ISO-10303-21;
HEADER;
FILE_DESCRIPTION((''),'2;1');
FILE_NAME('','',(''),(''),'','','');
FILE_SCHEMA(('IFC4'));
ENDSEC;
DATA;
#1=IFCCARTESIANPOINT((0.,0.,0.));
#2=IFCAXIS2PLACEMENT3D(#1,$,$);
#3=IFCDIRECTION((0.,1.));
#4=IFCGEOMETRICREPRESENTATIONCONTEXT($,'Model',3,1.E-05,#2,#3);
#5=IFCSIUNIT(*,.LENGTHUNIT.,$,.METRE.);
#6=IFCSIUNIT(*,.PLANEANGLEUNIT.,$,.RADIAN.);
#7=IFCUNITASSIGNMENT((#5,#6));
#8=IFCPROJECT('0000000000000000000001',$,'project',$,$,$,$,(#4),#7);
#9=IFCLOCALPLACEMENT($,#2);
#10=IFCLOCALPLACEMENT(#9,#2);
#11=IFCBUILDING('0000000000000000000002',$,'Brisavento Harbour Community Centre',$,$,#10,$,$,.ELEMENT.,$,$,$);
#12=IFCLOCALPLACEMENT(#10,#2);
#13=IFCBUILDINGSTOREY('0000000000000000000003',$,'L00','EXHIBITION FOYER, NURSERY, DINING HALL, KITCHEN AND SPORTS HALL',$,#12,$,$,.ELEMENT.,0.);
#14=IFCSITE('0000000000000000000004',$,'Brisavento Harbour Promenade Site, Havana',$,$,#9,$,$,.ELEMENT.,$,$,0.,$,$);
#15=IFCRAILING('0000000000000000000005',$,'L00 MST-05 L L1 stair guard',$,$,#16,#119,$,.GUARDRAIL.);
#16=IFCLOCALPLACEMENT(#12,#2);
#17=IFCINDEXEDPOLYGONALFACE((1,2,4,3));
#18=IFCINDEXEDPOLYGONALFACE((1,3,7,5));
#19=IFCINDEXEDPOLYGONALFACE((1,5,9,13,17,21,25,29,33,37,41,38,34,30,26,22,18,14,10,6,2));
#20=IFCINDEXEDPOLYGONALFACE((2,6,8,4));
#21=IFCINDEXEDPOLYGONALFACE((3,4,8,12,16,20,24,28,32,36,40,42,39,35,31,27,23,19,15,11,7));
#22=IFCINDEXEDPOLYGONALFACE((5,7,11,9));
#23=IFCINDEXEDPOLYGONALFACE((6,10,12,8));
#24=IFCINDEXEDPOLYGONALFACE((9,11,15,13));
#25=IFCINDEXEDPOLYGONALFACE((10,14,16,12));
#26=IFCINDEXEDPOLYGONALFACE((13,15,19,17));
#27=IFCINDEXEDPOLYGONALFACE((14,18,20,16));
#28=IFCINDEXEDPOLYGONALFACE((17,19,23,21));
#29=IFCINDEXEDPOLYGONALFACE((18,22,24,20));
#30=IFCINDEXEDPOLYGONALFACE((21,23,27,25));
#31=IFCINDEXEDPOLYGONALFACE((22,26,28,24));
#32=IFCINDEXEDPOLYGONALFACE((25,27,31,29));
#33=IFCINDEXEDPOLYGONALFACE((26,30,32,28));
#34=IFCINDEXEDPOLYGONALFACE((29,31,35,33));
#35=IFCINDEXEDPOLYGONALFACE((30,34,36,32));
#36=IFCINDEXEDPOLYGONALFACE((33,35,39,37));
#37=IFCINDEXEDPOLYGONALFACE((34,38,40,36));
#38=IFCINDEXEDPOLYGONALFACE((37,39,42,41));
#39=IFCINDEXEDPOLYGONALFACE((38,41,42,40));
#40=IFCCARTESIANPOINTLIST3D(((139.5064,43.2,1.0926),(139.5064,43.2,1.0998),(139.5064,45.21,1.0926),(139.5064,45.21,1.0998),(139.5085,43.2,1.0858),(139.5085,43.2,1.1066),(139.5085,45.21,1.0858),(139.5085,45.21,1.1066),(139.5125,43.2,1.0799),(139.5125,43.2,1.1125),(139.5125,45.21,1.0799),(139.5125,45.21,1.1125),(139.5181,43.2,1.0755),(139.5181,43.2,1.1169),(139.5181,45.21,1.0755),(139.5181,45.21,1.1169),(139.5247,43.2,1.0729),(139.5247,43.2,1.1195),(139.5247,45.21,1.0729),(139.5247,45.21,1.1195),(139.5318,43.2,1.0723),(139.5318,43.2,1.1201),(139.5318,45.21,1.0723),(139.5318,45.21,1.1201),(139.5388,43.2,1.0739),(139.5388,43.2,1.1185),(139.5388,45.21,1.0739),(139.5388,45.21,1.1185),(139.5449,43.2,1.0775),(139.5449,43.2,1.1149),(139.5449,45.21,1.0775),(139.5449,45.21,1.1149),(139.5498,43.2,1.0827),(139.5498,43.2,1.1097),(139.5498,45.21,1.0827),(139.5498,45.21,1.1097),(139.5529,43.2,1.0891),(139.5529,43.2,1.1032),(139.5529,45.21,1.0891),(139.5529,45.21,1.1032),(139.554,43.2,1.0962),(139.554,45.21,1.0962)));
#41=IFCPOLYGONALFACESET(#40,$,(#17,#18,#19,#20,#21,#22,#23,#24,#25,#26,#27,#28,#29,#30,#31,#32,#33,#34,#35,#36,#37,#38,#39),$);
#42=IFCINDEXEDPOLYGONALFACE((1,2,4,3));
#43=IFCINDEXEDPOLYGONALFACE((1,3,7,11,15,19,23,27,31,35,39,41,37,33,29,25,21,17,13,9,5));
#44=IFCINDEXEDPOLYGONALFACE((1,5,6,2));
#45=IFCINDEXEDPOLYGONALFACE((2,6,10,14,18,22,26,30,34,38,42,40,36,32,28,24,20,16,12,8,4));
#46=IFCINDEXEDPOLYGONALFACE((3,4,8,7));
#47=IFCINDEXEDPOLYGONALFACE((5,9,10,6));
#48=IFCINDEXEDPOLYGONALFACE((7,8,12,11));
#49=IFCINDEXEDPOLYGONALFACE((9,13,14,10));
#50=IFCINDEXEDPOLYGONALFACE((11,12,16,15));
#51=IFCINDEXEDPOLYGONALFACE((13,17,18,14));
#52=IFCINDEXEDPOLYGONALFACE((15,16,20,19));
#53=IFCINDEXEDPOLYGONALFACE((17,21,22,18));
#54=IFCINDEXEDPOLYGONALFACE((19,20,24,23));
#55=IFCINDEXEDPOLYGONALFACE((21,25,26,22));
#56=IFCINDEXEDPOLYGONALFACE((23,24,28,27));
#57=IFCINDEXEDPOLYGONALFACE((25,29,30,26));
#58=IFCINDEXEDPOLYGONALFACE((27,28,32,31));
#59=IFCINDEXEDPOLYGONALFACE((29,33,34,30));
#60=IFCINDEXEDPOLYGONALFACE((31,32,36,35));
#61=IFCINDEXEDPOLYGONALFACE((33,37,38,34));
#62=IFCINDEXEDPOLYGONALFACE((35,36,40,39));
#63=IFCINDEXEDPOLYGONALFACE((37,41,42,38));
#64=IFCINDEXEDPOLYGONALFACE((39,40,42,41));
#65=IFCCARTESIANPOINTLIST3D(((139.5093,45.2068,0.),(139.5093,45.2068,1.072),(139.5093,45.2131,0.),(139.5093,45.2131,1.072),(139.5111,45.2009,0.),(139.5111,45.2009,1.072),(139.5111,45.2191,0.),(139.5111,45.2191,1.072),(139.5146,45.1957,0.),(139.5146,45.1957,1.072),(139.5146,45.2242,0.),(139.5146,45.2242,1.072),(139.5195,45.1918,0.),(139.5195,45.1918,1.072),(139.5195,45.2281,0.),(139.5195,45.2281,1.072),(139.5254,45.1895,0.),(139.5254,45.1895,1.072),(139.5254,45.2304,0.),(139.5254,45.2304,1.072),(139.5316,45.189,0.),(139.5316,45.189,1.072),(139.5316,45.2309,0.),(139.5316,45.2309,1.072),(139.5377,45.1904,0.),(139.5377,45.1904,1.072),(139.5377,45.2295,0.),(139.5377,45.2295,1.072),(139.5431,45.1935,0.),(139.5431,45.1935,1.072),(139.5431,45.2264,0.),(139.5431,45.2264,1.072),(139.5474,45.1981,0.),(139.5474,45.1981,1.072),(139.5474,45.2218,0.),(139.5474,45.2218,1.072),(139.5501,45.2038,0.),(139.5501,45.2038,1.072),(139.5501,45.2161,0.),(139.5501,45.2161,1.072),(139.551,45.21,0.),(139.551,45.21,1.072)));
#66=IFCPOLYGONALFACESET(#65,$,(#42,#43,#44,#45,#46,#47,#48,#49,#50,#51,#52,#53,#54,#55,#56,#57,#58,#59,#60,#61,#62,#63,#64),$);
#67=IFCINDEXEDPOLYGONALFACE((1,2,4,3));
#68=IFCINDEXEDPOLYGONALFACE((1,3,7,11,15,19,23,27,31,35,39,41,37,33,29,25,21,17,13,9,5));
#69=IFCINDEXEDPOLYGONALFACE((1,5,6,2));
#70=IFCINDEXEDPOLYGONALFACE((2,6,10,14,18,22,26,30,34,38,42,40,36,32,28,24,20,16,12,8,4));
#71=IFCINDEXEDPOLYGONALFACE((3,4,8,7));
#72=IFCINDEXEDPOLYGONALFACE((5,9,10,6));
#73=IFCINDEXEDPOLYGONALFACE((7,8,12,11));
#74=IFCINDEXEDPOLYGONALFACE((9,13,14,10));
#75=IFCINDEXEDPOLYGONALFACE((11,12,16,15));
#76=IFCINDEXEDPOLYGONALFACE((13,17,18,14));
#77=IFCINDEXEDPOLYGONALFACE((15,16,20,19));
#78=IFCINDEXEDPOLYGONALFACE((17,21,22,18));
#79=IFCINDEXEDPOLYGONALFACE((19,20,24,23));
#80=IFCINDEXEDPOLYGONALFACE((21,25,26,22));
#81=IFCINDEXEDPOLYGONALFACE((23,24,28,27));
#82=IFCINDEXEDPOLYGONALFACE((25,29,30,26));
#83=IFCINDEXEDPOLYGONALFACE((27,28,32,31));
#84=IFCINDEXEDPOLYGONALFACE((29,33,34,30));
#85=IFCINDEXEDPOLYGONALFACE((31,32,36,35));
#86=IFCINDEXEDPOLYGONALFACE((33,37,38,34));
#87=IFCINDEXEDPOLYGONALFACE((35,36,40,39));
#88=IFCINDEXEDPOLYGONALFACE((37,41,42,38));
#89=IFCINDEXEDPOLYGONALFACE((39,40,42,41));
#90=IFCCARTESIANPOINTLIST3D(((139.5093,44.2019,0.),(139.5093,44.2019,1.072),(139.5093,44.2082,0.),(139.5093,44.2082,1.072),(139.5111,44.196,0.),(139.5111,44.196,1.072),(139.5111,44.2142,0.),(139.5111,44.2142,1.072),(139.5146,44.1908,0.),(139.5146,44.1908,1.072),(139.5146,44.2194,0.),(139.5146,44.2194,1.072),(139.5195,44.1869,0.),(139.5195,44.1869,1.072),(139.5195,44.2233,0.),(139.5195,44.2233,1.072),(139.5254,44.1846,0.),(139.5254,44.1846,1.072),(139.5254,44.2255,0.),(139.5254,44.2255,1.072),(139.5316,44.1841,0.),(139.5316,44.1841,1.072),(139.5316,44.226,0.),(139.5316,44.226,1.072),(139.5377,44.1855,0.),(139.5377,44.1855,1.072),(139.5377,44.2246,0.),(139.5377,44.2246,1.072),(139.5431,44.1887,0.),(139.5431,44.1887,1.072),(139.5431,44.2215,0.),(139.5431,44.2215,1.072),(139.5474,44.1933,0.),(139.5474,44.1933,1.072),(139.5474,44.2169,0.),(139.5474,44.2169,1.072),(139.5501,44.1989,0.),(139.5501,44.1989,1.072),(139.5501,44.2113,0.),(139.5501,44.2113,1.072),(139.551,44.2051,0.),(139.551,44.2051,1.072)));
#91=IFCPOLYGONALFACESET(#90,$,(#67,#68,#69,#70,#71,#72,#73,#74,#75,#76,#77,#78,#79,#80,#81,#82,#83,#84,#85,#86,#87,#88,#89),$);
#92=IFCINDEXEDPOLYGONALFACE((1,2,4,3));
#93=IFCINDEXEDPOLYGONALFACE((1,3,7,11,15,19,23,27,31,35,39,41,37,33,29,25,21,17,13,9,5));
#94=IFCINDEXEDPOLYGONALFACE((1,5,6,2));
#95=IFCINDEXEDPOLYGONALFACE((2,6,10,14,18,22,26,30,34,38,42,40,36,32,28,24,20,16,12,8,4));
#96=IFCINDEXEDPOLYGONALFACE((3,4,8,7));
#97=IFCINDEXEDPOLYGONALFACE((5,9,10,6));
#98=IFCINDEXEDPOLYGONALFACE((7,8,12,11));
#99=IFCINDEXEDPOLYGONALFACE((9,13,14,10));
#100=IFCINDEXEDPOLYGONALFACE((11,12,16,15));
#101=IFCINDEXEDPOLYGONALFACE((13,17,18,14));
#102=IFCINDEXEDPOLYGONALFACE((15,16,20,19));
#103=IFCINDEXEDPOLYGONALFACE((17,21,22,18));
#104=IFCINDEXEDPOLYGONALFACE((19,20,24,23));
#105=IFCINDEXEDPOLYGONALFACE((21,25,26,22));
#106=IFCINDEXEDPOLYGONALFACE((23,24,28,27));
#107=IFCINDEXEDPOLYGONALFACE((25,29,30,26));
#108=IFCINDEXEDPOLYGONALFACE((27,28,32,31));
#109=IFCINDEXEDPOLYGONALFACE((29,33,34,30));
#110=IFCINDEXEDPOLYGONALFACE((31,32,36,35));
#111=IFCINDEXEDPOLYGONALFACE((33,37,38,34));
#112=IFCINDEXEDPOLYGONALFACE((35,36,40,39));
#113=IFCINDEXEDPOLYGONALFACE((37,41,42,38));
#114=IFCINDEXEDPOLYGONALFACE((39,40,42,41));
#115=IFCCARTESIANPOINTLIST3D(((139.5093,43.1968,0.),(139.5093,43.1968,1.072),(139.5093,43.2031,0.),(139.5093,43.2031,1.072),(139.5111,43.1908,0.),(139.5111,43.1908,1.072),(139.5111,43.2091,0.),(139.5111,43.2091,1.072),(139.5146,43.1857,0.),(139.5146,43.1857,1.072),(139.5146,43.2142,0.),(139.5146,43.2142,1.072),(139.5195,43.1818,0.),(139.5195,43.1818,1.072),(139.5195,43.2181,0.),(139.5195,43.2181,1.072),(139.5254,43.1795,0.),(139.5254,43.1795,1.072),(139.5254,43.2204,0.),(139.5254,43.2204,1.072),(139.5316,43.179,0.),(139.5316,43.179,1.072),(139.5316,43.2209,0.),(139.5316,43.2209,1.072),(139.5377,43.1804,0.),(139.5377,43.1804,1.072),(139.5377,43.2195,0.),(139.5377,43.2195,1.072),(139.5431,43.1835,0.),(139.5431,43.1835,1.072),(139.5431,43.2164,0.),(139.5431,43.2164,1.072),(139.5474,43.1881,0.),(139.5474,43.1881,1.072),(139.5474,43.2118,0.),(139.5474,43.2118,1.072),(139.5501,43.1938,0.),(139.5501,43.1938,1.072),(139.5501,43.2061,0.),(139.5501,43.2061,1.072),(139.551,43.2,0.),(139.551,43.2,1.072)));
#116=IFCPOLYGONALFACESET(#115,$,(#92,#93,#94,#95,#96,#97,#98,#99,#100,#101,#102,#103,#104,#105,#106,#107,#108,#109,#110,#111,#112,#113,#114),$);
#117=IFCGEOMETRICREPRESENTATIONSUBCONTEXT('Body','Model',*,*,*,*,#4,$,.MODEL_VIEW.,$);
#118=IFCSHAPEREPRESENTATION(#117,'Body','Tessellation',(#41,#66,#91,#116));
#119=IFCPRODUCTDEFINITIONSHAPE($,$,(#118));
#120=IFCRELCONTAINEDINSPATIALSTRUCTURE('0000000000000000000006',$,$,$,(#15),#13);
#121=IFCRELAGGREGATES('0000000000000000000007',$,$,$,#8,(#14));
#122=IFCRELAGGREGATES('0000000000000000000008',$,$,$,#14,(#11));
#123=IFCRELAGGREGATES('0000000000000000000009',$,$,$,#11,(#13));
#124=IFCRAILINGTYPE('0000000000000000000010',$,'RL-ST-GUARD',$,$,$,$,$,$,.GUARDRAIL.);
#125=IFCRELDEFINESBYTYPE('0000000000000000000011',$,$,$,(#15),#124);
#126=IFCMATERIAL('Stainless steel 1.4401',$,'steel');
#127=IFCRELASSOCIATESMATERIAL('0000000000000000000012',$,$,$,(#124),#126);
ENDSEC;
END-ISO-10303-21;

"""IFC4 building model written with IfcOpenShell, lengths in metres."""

from ifc_helpers import new_model, si_unit, direction, frame, origin, origin_2d, place, context, subcontext, project, spatial, circle, extrude, material, type_object, element, save


model = new_model("IFC4")

# Units and contexts
model_context = context("Model", 3, precision=1e-05, world=origin(), true_north=direction((0.0, 1.0)))
body_context = subcontext(model_context, "Body", "Model", "MODEL_VIEW")
ifc_project = project(units=[si_unit("LENGTHUNIT", "METRE"), si_unit("PLANEANGLEUNIT", "RADIAN")], contexts=[model_context])

# Site, building, storey
site_placement = place(None, origin())
site = spatial("IfcSite", under=ifc_project, at=site_placement, Name="Brisavento Harbour Promenade Site, Havana", CompositionType="ELEMENT", RefElevation=0.0)
building_placement = place(site_placement, origin())
building = spatial("IfcBuilding", under=site, at=building_placement, Name="Brisavento Harbour Community Centre", CompositionType="ELEMENT")
storey_placement = place(building_placement, origin())
storey = spatial("IfcBuildingStorey", under=building, at=storey_placement, Name="L00", Description="EXHIBITION FOYER, NURSERY, DINING HALL, KITCHEN AND SPORTS HALL", CompositionType="ELEMENT", Elevation=0.0)

# Railing
ifc_material_1 = material(Name="Stainless steel 1.4401", Category="steel")
railing_type = type_object("IfcRailingType", Name="RL-ST-GUARD", PredefinedType="GUARDRAIL", material=ifc_material_1)
railing_1_placement = place(storey_placement, frame((139.53, 45.21, 0.0)))
element("IfcRailing", 1, at=railing_1_placement, inside=storey, type_object=railing_type, Name="L00 MST-05 L L1 stair guard", PredefinedType="GUARDRAIL", context=body_context, shape_type="SweptSolid", body=[
    extrude(circle(Radius=0.0239, at=origin_2d()), frame((0.0, 0.0, 1.0962), z_axis=(0.0, -1.0, 0.0), x_axis=(1.0, 0.0, 0.0)), (0.0, 0.0, 1.0), 2.01),
    extrude(circle(Radius=0.021, at=origin_2d()), origin(), (0.0, 0.0, 1.0), 1.072),
    extrude(circle(Radius=0.021, at=origin_2d()), frame((0.0, -1.0049, 0.0)), (0.0, 0.0, 1.0), 1.072),
    extrude(circle(Radius=0.021, at=origin_2d()), frame((0.0, -2.01, 0.0)), (0.0, 0.0, 1.0), 1.072),
])

save(model, "model.ifc")
